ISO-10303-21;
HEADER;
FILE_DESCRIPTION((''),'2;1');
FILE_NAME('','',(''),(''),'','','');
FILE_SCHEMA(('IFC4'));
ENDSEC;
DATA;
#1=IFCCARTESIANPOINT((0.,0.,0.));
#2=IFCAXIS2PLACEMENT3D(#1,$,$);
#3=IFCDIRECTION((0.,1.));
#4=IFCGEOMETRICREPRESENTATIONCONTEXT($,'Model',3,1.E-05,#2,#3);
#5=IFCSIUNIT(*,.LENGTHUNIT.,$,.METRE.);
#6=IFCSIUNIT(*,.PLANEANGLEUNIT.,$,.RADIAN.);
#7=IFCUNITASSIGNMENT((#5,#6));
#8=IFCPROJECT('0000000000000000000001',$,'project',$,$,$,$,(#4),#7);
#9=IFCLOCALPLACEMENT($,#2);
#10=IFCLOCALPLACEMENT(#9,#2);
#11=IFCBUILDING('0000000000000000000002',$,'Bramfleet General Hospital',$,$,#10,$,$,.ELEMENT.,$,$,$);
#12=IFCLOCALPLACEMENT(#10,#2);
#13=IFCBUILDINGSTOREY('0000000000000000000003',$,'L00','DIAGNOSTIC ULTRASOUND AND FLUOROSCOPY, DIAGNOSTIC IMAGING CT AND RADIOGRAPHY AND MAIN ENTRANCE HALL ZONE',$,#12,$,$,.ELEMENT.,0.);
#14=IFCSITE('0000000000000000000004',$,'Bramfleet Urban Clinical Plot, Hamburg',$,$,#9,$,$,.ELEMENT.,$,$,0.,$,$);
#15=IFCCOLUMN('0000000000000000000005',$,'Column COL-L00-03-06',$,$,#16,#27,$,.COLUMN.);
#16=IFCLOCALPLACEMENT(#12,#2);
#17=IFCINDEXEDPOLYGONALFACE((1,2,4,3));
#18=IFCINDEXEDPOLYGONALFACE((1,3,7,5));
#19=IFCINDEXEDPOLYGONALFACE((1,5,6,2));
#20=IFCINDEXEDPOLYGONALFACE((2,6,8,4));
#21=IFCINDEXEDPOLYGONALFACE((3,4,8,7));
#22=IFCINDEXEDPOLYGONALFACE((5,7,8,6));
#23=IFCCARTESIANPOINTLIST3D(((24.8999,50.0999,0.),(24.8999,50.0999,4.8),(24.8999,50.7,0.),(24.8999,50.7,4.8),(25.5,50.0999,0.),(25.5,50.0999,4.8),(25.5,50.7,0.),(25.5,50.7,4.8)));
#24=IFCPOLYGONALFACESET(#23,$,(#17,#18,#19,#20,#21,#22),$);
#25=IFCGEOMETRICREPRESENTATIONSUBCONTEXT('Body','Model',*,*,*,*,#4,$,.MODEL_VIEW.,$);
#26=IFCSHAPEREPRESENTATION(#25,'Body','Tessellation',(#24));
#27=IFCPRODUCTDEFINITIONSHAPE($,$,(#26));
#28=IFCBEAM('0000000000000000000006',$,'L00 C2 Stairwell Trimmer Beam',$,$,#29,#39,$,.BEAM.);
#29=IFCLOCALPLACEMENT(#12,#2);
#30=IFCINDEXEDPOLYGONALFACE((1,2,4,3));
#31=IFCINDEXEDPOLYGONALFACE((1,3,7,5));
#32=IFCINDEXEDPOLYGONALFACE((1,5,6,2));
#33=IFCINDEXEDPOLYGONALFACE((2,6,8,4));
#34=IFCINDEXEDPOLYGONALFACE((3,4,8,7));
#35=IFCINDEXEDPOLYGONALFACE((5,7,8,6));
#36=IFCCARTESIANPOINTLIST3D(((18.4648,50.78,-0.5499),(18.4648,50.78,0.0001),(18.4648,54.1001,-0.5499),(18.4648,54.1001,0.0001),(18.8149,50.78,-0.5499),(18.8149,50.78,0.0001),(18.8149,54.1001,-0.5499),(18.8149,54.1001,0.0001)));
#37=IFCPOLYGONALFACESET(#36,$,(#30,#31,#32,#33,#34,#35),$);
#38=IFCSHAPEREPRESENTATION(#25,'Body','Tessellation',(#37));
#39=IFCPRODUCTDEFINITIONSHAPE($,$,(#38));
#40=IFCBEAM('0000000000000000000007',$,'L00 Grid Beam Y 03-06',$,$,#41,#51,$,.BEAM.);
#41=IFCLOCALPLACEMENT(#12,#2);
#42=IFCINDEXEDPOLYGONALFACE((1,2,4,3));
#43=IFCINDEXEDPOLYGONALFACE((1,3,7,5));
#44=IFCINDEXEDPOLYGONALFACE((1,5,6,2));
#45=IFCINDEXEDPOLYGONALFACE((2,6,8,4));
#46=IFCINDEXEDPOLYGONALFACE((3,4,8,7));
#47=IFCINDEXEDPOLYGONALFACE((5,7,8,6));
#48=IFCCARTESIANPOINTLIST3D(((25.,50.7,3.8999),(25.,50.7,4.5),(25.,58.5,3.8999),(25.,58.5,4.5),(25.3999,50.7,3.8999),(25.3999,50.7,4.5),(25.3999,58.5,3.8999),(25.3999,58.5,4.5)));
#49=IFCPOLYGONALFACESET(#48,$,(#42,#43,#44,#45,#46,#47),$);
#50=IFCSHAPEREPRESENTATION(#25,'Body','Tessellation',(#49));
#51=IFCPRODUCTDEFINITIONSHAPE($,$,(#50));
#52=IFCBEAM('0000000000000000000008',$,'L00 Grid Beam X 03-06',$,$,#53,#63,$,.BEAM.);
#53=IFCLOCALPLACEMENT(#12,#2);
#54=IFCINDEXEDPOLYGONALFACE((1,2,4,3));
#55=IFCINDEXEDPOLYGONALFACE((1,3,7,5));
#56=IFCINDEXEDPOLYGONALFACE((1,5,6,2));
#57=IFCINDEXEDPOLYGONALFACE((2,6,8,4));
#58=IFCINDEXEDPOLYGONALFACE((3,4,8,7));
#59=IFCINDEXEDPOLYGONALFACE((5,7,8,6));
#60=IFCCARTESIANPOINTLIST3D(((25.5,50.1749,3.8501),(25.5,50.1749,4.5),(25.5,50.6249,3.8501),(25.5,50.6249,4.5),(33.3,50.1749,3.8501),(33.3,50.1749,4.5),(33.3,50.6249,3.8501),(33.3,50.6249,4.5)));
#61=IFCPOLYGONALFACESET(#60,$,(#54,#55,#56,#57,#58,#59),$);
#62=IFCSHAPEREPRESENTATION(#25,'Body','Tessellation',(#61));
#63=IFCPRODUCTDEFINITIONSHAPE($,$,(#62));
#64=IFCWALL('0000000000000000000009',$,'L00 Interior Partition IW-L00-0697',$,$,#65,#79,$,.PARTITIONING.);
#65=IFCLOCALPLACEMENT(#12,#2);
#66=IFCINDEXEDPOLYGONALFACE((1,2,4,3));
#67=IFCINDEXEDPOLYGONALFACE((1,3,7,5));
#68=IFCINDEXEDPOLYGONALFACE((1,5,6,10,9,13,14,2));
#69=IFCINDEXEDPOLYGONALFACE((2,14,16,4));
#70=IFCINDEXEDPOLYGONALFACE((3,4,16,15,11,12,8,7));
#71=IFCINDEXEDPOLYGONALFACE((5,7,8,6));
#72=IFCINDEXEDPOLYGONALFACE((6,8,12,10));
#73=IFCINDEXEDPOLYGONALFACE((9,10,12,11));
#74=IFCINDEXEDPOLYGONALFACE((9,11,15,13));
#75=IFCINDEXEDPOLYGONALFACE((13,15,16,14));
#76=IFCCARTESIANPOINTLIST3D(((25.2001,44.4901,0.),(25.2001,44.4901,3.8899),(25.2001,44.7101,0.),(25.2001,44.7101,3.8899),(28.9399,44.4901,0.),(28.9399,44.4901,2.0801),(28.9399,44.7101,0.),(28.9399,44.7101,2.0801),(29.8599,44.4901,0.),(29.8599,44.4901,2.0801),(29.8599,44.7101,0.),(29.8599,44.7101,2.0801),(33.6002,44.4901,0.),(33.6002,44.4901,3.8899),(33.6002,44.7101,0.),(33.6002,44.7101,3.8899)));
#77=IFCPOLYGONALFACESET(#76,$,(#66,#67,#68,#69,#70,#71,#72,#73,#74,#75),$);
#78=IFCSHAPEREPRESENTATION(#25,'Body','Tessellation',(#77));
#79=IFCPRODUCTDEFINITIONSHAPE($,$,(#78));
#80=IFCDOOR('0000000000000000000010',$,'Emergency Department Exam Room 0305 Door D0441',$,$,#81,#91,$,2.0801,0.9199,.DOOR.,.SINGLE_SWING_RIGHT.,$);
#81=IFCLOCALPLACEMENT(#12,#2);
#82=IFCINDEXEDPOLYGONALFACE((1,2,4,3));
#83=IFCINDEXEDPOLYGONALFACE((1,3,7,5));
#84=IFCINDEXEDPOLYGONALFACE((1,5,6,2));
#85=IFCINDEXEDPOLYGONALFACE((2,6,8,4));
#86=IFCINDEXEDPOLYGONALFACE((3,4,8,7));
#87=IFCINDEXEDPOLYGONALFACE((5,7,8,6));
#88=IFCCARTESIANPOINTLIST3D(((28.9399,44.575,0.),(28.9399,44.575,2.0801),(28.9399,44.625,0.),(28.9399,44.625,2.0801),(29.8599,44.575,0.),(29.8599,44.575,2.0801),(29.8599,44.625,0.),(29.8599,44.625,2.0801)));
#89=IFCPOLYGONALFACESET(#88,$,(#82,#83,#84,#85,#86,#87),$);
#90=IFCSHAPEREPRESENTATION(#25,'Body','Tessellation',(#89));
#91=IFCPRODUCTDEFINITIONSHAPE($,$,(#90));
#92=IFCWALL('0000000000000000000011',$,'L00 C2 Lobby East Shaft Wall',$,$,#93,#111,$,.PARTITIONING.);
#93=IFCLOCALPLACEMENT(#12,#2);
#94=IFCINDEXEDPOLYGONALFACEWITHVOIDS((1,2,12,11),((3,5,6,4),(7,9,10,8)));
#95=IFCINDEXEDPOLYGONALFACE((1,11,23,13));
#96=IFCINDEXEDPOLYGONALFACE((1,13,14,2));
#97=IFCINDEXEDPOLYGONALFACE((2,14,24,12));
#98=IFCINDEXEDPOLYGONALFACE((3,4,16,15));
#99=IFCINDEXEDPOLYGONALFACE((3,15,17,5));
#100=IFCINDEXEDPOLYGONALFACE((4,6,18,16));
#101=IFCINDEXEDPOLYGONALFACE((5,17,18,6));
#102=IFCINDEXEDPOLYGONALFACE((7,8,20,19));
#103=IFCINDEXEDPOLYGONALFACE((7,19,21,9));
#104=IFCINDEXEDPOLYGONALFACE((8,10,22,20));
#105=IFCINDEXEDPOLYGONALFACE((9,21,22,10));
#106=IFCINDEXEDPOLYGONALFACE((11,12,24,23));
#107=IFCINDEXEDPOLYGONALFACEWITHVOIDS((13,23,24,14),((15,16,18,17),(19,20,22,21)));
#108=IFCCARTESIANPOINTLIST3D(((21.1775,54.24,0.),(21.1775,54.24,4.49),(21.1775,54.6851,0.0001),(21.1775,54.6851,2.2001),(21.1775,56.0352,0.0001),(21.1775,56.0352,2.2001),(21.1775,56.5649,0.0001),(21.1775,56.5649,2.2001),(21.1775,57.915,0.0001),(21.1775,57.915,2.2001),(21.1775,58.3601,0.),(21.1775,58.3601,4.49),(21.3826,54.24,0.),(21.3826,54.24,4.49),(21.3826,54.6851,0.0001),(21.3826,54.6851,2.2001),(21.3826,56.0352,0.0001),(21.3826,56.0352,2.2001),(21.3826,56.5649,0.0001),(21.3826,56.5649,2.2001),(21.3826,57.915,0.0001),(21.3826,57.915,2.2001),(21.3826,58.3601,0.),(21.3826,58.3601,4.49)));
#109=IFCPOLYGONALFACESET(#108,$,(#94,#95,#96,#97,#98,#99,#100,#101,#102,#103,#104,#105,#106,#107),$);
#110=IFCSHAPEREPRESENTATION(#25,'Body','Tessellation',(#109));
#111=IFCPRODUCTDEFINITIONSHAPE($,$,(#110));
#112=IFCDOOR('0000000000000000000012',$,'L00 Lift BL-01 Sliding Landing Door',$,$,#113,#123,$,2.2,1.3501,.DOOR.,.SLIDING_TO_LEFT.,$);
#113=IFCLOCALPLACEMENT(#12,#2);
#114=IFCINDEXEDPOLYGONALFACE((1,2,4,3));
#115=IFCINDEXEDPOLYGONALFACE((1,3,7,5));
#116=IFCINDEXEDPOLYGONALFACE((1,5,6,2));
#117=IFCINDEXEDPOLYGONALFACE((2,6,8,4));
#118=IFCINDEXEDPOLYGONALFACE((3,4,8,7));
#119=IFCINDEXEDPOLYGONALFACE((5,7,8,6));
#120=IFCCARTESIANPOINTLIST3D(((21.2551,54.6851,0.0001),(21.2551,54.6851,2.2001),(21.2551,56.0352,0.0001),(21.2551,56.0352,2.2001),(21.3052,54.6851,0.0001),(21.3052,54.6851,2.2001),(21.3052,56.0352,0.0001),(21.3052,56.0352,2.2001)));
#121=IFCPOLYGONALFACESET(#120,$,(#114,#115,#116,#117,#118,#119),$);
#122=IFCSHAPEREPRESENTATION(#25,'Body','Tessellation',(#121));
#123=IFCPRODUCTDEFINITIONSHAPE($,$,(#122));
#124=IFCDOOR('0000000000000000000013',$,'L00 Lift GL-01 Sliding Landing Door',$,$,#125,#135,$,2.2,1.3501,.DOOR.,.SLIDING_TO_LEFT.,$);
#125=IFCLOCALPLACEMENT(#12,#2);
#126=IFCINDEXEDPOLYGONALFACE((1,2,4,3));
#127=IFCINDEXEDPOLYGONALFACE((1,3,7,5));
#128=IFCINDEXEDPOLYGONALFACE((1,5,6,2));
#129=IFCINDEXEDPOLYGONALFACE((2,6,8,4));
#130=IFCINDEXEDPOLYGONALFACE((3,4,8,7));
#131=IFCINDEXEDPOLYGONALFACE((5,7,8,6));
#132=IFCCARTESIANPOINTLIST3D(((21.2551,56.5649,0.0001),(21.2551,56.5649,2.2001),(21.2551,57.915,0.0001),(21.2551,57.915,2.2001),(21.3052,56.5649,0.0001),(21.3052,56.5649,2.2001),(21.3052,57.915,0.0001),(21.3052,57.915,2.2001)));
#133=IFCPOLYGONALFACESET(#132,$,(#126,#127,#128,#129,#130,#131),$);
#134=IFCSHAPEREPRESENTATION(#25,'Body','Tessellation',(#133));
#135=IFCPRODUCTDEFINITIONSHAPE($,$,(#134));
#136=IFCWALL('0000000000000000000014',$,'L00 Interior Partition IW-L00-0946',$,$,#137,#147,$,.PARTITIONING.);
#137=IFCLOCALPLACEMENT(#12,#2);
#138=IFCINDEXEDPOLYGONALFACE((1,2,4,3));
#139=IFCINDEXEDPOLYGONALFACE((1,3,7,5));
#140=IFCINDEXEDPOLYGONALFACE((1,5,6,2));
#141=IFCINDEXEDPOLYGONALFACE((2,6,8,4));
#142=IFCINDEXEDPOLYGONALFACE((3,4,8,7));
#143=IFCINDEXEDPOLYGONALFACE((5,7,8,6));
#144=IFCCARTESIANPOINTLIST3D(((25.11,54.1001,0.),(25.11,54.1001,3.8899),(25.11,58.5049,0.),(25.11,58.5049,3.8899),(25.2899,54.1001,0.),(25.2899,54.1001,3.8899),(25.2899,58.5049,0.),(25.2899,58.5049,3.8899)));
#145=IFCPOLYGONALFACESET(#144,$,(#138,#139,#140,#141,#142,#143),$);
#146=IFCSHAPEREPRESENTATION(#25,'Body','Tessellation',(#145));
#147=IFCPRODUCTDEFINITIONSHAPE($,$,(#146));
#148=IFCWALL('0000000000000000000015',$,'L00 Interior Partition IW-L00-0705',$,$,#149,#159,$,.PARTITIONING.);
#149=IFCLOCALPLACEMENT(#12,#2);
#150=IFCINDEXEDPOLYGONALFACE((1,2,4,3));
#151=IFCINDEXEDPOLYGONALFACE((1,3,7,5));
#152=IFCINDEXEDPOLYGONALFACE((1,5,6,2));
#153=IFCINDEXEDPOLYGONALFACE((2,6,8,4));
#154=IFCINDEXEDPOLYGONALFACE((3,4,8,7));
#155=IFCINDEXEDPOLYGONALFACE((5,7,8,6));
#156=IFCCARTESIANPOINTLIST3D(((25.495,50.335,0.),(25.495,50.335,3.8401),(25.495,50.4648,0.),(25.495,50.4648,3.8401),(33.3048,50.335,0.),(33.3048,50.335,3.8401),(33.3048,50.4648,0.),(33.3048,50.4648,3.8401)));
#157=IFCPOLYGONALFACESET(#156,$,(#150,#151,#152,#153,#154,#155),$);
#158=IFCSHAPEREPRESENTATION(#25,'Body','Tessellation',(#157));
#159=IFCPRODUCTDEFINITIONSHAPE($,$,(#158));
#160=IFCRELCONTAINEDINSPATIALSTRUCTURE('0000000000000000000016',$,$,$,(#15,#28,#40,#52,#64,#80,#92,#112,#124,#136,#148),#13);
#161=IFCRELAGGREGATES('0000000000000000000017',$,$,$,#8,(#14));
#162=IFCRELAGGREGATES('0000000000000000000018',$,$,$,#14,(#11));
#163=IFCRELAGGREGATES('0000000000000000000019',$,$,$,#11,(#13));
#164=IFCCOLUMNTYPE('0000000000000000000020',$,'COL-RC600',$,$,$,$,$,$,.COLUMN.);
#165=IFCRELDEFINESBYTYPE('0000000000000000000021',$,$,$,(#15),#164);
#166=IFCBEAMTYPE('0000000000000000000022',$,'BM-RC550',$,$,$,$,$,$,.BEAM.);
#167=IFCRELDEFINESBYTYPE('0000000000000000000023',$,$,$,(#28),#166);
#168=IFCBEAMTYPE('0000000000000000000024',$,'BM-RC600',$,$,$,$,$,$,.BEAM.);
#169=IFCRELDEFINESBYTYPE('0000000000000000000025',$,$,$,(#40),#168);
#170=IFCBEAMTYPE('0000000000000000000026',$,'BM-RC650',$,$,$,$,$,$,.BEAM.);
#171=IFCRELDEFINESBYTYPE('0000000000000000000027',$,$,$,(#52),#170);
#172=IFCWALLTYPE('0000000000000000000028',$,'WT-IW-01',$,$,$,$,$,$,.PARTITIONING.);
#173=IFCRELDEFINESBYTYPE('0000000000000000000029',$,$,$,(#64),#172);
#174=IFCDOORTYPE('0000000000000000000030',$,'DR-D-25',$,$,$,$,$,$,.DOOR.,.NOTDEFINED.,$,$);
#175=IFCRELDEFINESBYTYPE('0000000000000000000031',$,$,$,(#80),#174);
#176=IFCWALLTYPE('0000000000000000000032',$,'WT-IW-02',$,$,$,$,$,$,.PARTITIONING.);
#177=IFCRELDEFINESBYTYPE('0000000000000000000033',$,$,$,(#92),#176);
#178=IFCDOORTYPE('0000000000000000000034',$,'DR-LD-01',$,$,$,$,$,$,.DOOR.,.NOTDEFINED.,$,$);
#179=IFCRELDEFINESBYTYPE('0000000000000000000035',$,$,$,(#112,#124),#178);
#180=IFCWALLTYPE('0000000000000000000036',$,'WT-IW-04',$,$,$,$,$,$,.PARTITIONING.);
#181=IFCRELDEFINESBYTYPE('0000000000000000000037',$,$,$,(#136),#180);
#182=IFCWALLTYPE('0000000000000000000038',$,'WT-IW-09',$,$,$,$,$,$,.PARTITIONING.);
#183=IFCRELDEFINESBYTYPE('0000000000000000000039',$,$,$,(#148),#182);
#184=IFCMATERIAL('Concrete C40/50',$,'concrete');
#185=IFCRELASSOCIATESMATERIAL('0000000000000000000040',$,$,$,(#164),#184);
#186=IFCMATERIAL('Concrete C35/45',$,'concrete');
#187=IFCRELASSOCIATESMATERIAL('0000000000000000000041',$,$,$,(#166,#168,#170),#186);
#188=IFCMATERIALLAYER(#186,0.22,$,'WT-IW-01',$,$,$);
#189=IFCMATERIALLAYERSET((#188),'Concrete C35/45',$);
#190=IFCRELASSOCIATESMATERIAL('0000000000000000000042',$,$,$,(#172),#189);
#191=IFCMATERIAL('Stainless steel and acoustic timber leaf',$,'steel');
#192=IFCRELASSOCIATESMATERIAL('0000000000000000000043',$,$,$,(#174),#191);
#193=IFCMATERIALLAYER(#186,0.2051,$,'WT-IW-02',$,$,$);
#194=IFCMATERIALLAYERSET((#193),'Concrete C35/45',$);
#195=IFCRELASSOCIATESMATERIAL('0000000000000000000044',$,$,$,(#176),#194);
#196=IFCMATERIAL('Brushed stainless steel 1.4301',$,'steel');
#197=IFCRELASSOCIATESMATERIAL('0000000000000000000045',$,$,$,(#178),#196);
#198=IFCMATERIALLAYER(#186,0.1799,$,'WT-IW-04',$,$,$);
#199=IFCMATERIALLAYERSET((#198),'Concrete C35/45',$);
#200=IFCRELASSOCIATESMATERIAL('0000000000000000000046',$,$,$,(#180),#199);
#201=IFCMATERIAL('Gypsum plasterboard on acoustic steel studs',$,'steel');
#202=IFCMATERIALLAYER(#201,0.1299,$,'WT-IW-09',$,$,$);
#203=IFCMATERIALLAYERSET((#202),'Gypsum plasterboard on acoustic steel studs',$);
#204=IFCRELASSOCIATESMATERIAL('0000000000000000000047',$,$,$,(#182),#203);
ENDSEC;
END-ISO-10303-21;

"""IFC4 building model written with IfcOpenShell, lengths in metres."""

from ifc_helpers import new_model, si_unit, direction, frame, frame_2d, origin, origin_2d, place, context, subcontext, project, spatial, rectangle, extrude, material, layer, layer_set, material_profile, profile_set, type_object, element, fill, save


model = new_model("IFC4")

# Units and contexts
model_context = context("Model", 3, precision=1e-05, world=origin(), true_north=direction((0.0, 1.0)))
body_context = subcontext(model_context, "Body", "Model", "MODEL_VIEW")
ifc_project = project(units=[si_unit("LENGTHUNIT", "METRE"), si_unit("PLANEANGLEUNIT", "RADIAN")], contexts=[model_context])

# Site, building, storey
site_placement = place(None, origin())
site = spatial("IfcSite", under=ifc_project, at=site_placement, Name="Bramfleet Urban Clinical Plot, Hamburg", CompositionType="ELEMENT", RefElevation=0.0)
building_placement = place(site_placement, origin())
building = spatial("IfcBuilding", under=site, at=building_placement, Name="Bramfleet General Hospital", CompositionType="ELEMENT")
storey_placement = place(building_placement, origin())
storey = spatial("IfcBuildingStorey", under=building, at=storey_placement, Name="L00", Description="DIAGNOSTIC ULTRASOUND AND FLUOROSCOPY, DIAGNOSTIC IMAGING CT AND RADIOGRAPHY AND MAIN ENTRANCE HALL ZONE", CompositionType="ELEMENT", Elevation=0.0)

# Column
ifc_material_1 = material(Name="Concrete C40/50", Category="concrete")
ifc_material_profile_1 = material_profile(ifc_material_1, rectangle(XDim=0.6001, YDim=0.6001, at=origin_2d()), Name="RC COL 600x600")
ifc_profile_set_1 = profile_set([ifc_material_profile_1], Name="Concrete C40/50")
column_type = type_object("IfcColumnType", Name="COL-RC600", PredefinedType="COLUMN", material=ifc_profile_set_1)
column_placement = place(storey_placement, frame((25.2, 50.3999, 0.0), z_axis=(0.0, 0.0, 1.0), x_axis=(1.0, 0.0, 0.0)))
element("IfcColumn", 1, at=column_placement, inside=storey, type_object=column_type, Name="Column COL-L00-03-06", PredefinedType="COLUMN", context=body_context, shape_type="SweptSolid", body=[
    extrude(rectangle(XDim=0.6001, YDim=0.6001, at=origin_2d()), origin(), (0.0, 0.0, 1.0), 4.8),
])

# Beams
ifc_material_2 = material(Name="Concrete C35/45", Category="concrete")
ifc_material_profile_2 = material_profile(ifc_material_2, rectangle(XDim=0.3501, YDim=0.55, at=origin_2d()), Name="RC BM 550x350")
ifc_profile_set_2 = profile_set([ifc_material_profile_2], Name="Concrete C35/45")
beam_type_1 = type_object("IfcBeamType", Name="BM-RC550", PredefinedType="BEAM", material=ifc_profile_set_2)
beam_1_placement = place(storey_placement, frame((18.6399, 50.78, -0.2749), z_axis=(0.0, 1.0, 0.0), x_axis=(-1.0, 0.0, 0.0)))
element("IfcBeam", 2, at=beam_1_placement, inside=storey, type_object=beam_type_1, Name="L00 C2 Stairwell Trimmer Beam", PredefinedType="BEAM", context=body_context, shape_type="SweptSolid", body=[
    extrude(rectangle(XDim=0.3501, YDim=0.55, at=origin_2d()), origin(), (0.0, 0.0, 1.0), 3.3201),
])
ifc_material_profile_3 = material_profile(ifc_material_2, rectangle(XDim=0.3999, YDim=0.6001, at=origin_2d()), Name="RC BM 600x400")
ifc_profile_set_3 = profile_set([ifc_material_profile_3], Name="Concrete C35/45")
beam_type_2 = type_object("IfcBeamType", Name="BM-RC600", PredefinedType="BEAM", material=ifc_profile_set_3)
beam_2_placement = place(storey_placement, frame((25.2, 50.7, 4.2), z_axis=(0.0, 1.0, 0.0), x_axis=(-1.0, 0.0, 0.0)))
element("IfcBeam", 3, at=beam_2_placement, inside=storey, type_object=beam_type_2, Name="L00 Grid Beam Y 03-06", PredefinedType="BEAM", context=body_context, shape_type="SweptSolid", body=[
    extrude(rectangle(XDim=0.3999, YDim=0.6001, at=origin_2d()), origin(), (0.0, 0.0, 1.0), 7.8),
])
ifc_material_profile_4 = material_profile(ifc_material_2, rectangle(XDim=0.45, YDim=0.6499, at=origin_2d()), Name="RC BM 650x450")
ifc_profile_set_4 = profile_set([ifc_material_profile_4], Name="Concrete C35/45")
beam_type_3 = type_object("IfcBeamType", Name="BM-RC650", PredefinedType="BEAM", material=ifc_profile_set_4)
beam_3_placement = place(storey_placement, frame((25.5, 50.3999, 4.175), z_axis=(1.0, 0.0, 0.0), x_axis=(0.0, 1.0, 0.0)))
element("IfcBeam", 4, at=beam_3_placement, inside=storey, type_object=beam_type_3, Name="L00 Grid Beam X 03-06", PredefinedType="BEAM", context=body_context, shape_type="SweptSolid", body=[
    extrude(rectangle(XDim=0.45, YDim=0.6499, at=origin_2d()), origin(), (0.0, 0.0, 1.0), 7.8),
])

# Wall, opening, door
ifc_layer_1 = layer(ifc_material_2, 0.22, Name="WT-IW-01")
ifc_layer_set_1 = layer_set([ifc_layer_1], Name="Concrete C35/45")
wall_type_1 = type_object("IfcWallType", Name="WT-IW-01", PredefinedType="PARTITIONING", material=ifc_layer_set_1)
wall_1_placement = place(storey_placement, frame((25.2, 44.6001, 0.0), z_axis=(0.0, 0.0, 1.0), x_axis=(1.0, 0.0, 0.0)))
wall_1 = element("IfcWall", 5, at=wall_1_placement, inside=storey, type_object=wall_type_1, Name="L00 Interior Partition IW-L00-0697", PredefinedType="PARTITIONING", context=body_context, shape_type="SweptSolid", body=[
    extrude(rectangle(XDim=8.4001, YDim=0.22, at=frame_2d((4.2002, 0.0))), origin(), (0.0, 0.0, 1.0), 3.8899),
])
opening_1_placement = place(wall_1_placement, frame((3.74, 0.0, 0.0)))
opening_1 = element("IfcOpeningElement", 6, at=opening_1_placement, cuts=wall_1, PredefinedType="OPENING", context=body_context, shape_type="SweptSolid", body=[
    extrude(rectangle(XDim=0.9199, YDim=2.0801, at=frame_2d((0.46, 1.04))), frame((0.0, 0.1199, 0.0), z_axis=(0.0, -1.0, 0.0), x_axis=(1.0, 0.0, 0.0)), (0.0, 0.0, 1.0), 0.24),
])
ifc_material_3 = material(Name="Stainless steel and acoustic timber leaf", Category="steel")
door_type_1 = type_object("IfcDoorType", Name="DR-D-25", OperationType="NOTDEFINED", PredefinedType="DOOR", material=ifc_material_3)
door_1_placement = place(opening_1_placement, origin())
door_1 = element("IfcDoor", 7, at=door_1_placement, inside=storey, type_object=door_type_1, Name="Emergency Department Exam Room 0305 Door D0441", OperationType="SINGLE_SWING_RIGHT", OverallHeight=2.0801, OverallWidth=0.9199, PredefinedType="DOOR", context=body_context, shape_type="SweptSolid", body=[
    extrude(rectangle(XDim=0.9199, YDim=2.0801, at=frame_2d((0.46, 1.04))), frame((0.0, 0.0249, 0.0), z_axis=(0.0, -1.0, 0.0), x_axis=(1.0, 0.0, 0.0)), (0.0, 0.0, 1.0), 0.05),
])
fill(opening_1, door_1)

# Wall, openings, doors
ifc_layer_2 = layer(ifc_material_2, 0.2051, Name="WT-IW-02")
ifc_layer_set_2 = layer_set([ifc_layer_2], Name="Concrete C35/45")
wall_type_2 = type_object("IfcWallType", Name="WT-IW-02", PredefinedType="PARTITIONING", material=ifc_layer_set_2)
wall_2_placement = place(storey_placement, frame((21.28, 54.24, 0.0), z_axis=(0.0, 0.0, 1.0), x_axis=(0.0, 1.0, 0.0)))
wall_2 = element("IfcWall", 8, at=wall_2_placement, inside=storey, type_object=wall_type_2, Name="L00 C2 Lobby East Shaft Wall", PredefinedType="PARTITIONING", context=body_context, shape_type="SweptSolid", body=[
    extrude(rectangle(XDim=4.1201, YDim=0.2051, at=frame_2d((2.0601, 0.0))), origin(), (0.0, 0.0, 1.0), 4.49),
])
opening_2_placement = place(wall_2_placement, frame((0.4451, 0.0, 0.0)))
opening_2 = element("IfcOpeningElement", 9, at=opening_2_placement, cuts=wall_2, PredefinedType="OPENING", context=body_context, shape_type="SweptSolid", body=[
    extrude(rectangle(XDim=1.3501, YDim=2.2, at=frame_2d((0.675, 1.1001))), frame((0.0, 0.1125, 0.0), z_axis=(0.0, -1.0, 0.0), x_axis=(1.0, 0.0, 0.0)), (0.0, 0.0, 1.0), 0.2251),
])
opening_3_placement = place(wall_2_placement, frame((2.325, 0.0, 0.0)))
opening_3 = element("IfcOpeningElement", 10, at=opening_3_placement, cuts=wall_2, PredefinedType="OPENING", context=body_context, shape_type="SweptSolid", body=[
    extrude(rectangle(XDim=1.3501, YDim=2.2, at=frame_2d((0.675, 1.1001))), frame((0.0, 0.1125, 0.0), z_axis=(0.0, -1.0, 0.0), x_axis=(1.0, 0.0, 0.0)), (0.0, 0.0, 1.0), 0.2251),
])
ifc_material_4 = material(Name="Brushed stainless steel 1.4301", Category="steel")
door_type_2 = type_object("IfcDoorType", Name="DR-LD-01", OperationType="NOTDEFINED", PredefinedType="DOOR", material=ifc_material_4)
door_2_placement = place(opening_2_placement, origin())
door_2 = element("IfcDoor", 11, at=door_2_placement, inside=storey, type_object=door_type_2, Name="L00 Lift BL-01 Sliding Landing Door", OperationType="SLIDING_TO_LEFT", OverallHeight=2.2, OverallWidth=1.3501, PredefinedType="DOOR", context=body_context, shape_type="SweptSolid", body=[
    extrude(rectangle(XDim=1.3501, YDim=2.2, at=frame_2d((0.675, 1.1001))), frame((0.0, 0.0249, 0.0), z_axis=(0.0, -1.0, 0.0), x_axis=(1.0, 0.0, 0.0)), (0.0, 0.0, 1.0), 0.05),
])
fill(opening_2, door_2)
door_3_placement = place(opening_3_placement, origin())
door_3 = element("IfcDoor", 12, at=door_3_placement, inside=storey, type_object=door_type_2, Name="L00 Lift GL-01 Sliding Landing Door", OperationType="SLIDING_TO_LEFT", OverallHeight=2.2, OverallWidth=1.3501, PredefinedType="DOOR", context=body_context, shape_type="SweptSolid", body=[
    extrude(rectangle(XDim=1.3501, YDim=2.2, at=frame_2d((0.675, 1.1001))), frame((0.0, 0.0249, 0.0), z_axis=(0.0, -1.0, 0.0), x_axis=(1.0, 0.0, 0.0)), (0.0, 0.0, 1.0), 0.05),
])
fill(opening_3, door_3)

# Walls
ifc_layer_3 = layer(ifc_material_2, 0.1799, Name="WT-IW-04")
ifc_layer_set_3 = layer_set([ifc_layer_3], Name="Concrete C35/45")
wall_type_3 = type_object("IfcWallType", Name="WT-IW-04", PredefinedType="PARTITIONING", material=ifc_layer_set_3)
wall_3_placement = place(storey_placement, frame((25.2, 54.1001, 0.0), z_axis=(0.0, 0.0, 1.0), x_axis=(0.0, 1.0, 0.0)))
element("IfcWall", 13, at=wall_3_placement, inside=storey, type_object=wall_type_3, Name="L00 Interior Partition IW-L00-0946", PredefinedType="PARTITIONING", context=body_context, shape_type="SweptSolid", body=[
    extrude(rectangle(XDim=4.4048, YDim=0.1799, at=frame_2d((2.2024, 0.0))), origin(), (0.0, 0.0, 1.0), 3.8899),
])
ifc_material_5 = material(Name="Gypsum plasterboard on acoustic steel studs", Category="steel")
ifc_layer_4 = layer(ifc_material_5, 0.1299, Name="WT-IW-09")
ifc_layer_set_4 = layer_set([ifc_layer_4], Name="Gypsum plasterboard on acoustic steel studs")
wall_type_4 = type_object("IfcWallType", Name="WT-IW-09", PredefinedType="PARTITIONING", material=ifc_layer_set_4)
wall_4_placement = place(storey_placement, frame((25.4951, 50.3999, 0.0), z_axis=(0.0, 0.0, 1.0), x_axis=(1.0, 0.0, 0.0)))
element("IfcWall", 14, at=wall_4_placement, inside=storey, type_object=wall_type_4, Name="L00 Interior Partition IW-L00-0705", PredefinedType="PARTITIONING", context=body_context, shape_type="SweptSolid", body=[
    extrude(rectangle(XDim=7.8098, YDim=0.1299, at=frame_2d((3.9048, 0.0))), origin(), (0.0, 0.0, 1.0), 3.8401),
])

save(model, "model.ifc")
